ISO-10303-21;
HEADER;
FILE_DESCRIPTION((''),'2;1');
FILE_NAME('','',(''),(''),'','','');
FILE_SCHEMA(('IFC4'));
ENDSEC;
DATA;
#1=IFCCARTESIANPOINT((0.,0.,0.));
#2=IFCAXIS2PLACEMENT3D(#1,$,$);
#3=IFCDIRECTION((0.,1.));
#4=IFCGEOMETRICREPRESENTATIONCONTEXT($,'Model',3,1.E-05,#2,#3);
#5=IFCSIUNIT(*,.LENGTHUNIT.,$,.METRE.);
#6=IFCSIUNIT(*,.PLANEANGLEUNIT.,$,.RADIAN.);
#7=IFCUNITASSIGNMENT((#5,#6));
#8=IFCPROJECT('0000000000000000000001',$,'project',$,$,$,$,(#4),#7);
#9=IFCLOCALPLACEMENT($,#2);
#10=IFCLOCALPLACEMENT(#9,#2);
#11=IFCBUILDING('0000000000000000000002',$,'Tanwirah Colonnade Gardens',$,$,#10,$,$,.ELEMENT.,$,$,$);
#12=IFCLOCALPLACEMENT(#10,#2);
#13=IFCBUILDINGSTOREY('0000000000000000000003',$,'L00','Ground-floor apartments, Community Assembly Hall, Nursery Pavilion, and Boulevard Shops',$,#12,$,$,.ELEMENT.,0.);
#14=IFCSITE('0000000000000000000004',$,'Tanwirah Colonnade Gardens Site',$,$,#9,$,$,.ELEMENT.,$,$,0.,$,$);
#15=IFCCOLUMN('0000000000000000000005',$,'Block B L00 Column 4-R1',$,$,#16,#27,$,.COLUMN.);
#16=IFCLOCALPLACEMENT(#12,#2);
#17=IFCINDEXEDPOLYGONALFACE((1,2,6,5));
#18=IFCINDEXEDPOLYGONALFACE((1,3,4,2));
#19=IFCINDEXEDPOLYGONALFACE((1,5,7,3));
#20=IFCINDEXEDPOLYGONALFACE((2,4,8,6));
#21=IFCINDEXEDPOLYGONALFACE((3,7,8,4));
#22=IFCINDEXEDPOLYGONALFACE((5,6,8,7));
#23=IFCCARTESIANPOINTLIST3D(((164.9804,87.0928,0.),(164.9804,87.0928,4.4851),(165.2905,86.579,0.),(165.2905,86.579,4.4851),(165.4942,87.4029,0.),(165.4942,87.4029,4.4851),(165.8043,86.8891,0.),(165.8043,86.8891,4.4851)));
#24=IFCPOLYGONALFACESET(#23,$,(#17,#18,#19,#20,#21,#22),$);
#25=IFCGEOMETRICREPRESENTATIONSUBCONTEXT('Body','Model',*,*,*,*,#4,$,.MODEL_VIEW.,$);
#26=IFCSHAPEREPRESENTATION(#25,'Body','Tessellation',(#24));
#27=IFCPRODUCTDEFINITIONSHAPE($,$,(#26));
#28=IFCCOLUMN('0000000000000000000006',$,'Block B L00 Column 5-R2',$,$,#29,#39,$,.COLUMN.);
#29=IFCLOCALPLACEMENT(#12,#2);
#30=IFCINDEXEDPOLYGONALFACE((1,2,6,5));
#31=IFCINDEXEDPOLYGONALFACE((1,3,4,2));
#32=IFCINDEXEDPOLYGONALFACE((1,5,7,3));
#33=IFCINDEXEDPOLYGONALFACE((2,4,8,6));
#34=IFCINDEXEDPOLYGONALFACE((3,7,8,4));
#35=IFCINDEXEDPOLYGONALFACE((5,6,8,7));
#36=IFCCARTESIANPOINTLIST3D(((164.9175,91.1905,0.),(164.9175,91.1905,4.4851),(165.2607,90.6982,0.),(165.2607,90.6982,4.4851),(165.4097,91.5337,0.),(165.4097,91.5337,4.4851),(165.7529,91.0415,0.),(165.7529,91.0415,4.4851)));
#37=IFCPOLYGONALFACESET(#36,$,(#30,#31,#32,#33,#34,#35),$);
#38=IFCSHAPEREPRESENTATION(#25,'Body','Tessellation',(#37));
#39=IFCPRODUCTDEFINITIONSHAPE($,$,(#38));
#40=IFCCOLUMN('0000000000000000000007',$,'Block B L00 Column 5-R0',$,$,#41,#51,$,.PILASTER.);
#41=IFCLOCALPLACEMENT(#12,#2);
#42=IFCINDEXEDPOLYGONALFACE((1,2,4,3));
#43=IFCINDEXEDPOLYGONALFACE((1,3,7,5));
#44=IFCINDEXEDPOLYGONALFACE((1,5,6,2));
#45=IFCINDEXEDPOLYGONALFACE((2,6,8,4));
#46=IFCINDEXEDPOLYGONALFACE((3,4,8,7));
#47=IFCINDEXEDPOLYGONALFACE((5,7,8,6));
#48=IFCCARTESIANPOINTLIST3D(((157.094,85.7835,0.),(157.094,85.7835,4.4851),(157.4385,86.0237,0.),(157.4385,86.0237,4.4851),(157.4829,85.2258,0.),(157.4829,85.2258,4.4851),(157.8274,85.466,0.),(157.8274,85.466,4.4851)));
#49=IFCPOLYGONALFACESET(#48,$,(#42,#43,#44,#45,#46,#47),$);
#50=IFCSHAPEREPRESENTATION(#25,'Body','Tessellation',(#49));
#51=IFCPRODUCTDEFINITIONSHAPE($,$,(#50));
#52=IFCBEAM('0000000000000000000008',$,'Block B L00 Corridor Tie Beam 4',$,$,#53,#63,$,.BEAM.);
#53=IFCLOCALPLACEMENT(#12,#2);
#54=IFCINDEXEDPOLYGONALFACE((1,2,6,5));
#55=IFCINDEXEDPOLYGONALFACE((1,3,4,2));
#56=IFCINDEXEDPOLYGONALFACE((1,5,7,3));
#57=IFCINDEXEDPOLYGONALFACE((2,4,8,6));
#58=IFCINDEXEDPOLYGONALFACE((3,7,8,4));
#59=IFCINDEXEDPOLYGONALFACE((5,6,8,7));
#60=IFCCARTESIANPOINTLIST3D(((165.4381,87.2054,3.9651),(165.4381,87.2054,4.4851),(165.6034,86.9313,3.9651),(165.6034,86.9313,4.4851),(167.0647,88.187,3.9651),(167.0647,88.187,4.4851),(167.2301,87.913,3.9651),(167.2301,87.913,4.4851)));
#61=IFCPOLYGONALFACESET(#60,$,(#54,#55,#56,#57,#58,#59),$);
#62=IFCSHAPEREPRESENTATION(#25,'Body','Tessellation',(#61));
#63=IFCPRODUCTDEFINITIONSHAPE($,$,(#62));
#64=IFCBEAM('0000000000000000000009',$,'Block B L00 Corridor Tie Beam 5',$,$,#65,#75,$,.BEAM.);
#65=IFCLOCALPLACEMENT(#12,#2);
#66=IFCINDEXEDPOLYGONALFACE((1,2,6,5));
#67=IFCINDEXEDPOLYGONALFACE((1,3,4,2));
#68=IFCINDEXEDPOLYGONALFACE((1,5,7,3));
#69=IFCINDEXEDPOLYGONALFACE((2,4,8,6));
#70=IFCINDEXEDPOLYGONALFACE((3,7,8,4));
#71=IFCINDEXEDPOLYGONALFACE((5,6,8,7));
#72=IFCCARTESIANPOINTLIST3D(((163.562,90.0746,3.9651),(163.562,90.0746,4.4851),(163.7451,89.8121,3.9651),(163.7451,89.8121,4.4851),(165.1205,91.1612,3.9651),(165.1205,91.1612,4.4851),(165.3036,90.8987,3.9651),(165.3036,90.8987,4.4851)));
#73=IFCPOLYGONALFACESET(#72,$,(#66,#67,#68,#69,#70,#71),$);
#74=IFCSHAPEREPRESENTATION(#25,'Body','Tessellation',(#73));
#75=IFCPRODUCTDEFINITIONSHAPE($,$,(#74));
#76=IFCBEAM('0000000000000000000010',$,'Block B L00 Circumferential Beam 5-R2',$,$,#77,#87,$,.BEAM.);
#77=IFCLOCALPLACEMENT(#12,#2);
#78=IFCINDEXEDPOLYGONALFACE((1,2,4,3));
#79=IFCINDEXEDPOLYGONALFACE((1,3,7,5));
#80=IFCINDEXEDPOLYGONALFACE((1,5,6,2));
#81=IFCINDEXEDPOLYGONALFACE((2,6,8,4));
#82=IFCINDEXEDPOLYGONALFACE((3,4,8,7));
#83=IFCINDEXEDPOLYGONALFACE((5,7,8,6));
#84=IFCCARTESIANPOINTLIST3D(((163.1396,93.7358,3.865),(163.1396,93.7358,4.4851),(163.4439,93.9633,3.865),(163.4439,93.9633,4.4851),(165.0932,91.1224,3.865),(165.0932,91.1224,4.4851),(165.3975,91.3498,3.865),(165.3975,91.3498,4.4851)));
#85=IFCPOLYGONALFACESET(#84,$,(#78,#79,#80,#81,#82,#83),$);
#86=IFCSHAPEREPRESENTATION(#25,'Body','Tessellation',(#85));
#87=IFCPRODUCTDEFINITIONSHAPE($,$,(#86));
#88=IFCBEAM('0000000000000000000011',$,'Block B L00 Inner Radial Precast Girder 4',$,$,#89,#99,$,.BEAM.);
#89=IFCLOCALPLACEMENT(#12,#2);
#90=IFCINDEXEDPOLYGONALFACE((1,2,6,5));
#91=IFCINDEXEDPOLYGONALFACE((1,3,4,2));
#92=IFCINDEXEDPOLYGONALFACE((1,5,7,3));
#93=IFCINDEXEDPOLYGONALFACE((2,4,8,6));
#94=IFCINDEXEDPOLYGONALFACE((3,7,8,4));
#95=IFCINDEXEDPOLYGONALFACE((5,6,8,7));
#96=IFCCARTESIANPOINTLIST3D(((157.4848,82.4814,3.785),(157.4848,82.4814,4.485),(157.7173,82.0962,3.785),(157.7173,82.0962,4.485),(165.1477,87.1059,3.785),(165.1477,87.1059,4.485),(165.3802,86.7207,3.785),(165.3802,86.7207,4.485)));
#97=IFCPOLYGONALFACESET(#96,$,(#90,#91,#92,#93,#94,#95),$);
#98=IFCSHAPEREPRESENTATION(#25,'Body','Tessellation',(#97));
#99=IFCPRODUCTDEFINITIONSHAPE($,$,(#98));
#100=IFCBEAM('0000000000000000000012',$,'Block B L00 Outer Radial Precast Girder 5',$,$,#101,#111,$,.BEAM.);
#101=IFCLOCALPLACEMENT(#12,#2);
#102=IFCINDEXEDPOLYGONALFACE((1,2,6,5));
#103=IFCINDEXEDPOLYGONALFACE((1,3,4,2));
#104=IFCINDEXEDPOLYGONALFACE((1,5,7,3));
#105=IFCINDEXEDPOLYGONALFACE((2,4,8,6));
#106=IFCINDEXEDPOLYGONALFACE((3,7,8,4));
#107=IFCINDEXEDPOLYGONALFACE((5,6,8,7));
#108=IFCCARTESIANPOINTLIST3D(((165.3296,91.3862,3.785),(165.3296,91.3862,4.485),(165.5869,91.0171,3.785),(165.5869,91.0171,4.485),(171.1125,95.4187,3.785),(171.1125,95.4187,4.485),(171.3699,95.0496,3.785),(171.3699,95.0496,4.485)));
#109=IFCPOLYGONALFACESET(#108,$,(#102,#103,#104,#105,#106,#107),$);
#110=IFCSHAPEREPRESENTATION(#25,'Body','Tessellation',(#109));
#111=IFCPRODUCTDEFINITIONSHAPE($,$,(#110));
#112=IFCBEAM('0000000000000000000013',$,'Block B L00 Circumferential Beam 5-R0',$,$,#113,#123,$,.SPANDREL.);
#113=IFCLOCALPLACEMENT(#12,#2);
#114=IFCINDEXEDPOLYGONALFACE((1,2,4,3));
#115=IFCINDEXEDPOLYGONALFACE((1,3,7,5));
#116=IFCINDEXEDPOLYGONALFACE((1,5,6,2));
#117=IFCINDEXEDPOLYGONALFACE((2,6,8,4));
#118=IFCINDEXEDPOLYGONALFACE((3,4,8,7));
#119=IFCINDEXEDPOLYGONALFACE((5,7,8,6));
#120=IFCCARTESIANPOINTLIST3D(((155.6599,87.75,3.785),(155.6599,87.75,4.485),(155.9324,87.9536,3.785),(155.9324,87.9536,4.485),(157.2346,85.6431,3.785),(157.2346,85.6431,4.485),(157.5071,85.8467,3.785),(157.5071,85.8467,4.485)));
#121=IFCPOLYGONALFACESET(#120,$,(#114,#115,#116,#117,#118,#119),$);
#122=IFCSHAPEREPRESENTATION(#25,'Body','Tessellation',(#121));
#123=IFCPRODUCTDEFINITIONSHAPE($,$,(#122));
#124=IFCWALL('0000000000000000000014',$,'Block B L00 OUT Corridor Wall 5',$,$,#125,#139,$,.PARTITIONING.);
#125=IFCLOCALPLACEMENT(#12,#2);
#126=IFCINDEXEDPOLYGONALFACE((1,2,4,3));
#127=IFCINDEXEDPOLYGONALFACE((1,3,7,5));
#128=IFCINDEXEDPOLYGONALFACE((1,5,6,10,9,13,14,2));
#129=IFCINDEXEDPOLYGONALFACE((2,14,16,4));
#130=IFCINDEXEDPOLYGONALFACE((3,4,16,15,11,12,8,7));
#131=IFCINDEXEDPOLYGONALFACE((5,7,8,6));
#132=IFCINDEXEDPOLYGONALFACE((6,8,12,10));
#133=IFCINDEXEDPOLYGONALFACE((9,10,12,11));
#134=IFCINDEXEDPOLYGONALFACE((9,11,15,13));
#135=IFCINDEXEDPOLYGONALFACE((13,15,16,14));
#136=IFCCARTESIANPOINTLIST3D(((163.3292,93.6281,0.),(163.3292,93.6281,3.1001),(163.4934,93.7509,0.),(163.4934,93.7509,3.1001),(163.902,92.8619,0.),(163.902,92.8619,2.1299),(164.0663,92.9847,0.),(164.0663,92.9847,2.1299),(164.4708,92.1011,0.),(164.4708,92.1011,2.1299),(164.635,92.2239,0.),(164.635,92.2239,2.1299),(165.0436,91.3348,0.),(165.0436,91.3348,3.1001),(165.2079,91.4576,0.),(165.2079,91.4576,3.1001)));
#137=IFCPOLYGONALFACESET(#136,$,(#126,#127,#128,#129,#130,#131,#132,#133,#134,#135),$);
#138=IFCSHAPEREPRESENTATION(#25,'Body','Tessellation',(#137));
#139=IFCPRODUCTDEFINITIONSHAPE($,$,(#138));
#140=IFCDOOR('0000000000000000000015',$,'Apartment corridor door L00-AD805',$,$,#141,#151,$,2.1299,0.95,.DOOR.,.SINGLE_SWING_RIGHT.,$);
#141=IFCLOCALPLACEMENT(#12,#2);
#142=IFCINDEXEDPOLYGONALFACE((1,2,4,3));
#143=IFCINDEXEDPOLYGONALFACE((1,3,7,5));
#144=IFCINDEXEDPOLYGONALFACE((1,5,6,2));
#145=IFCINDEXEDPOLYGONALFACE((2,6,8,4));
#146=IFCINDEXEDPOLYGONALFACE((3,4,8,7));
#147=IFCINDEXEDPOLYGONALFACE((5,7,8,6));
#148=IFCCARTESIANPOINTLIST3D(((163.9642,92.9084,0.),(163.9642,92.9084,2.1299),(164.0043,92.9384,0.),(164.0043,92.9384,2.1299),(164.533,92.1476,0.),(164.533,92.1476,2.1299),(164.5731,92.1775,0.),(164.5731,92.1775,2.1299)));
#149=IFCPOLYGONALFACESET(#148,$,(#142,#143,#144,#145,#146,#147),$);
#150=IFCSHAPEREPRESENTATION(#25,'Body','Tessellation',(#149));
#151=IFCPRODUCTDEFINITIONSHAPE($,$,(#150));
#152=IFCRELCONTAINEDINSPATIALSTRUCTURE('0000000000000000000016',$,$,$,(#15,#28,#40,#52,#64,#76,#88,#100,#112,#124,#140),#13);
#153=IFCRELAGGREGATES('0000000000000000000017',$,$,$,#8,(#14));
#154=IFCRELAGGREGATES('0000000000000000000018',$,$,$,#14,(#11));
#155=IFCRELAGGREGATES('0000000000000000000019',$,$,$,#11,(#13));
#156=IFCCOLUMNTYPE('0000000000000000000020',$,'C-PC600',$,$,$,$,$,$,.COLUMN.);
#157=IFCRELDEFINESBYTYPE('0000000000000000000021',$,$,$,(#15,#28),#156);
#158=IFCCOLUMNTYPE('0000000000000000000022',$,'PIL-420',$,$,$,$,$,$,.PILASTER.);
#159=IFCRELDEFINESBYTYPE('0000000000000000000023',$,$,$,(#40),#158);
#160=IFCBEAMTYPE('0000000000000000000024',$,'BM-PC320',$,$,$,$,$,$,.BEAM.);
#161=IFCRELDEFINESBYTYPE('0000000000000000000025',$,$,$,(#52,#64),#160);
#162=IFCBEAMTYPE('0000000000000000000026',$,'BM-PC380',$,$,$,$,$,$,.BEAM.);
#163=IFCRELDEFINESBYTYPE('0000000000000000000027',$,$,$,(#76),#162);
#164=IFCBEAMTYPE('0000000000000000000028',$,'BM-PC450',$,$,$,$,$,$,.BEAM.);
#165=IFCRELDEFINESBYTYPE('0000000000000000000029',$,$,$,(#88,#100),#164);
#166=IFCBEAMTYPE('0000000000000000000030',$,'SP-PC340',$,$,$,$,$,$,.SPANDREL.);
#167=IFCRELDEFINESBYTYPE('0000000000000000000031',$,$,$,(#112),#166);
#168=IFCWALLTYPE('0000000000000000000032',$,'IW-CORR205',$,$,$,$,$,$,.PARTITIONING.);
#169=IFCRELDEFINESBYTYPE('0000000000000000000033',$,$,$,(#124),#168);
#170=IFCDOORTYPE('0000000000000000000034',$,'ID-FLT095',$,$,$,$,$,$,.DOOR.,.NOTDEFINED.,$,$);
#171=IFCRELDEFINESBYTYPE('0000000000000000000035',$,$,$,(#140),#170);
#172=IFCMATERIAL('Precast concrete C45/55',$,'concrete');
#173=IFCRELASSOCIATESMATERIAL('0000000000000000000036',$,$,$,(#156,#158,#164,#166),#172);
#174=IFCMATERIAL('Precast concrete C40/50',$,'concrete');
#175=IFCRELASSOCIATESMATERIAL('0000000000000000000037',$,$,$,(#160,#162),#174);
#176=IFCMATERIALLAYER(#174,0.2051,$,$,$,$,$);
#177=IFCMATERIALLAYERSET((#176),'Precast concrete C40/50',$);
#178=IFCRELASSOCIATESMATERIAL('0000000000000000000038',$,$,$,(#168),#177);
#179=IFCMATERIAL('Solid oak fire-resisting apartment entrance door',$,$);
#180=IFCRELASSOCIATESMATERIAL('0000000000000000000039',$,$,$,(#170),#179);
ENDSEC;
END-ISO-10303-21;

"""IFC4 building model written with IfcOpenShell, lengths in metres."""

from ifc_helpers import new_model, si_unit, direction, frame, frame_2d, origin, origin_2d, place, context, subcontext, project, spatial, rectangle, extrude, material, layer, layer_set, material_profile, profile_set, type_object, element, fill, save


model = new_model("IFC4")

# Units and contexts
model_context = context("Model", 3, precision=1e-05, world=origin(), true_north=direction((0.0, 1.0)))
body_context = subcontext(model_context, "Body", "Model", "MODEL_VIEW")
ifc_project = project(units=[si_unit("LENGTHUNIT", "METRE"), si_unit("PLANEANGLEUNIT", "RADIAN")], contexts=[model_context])

# Site, building, storey
site_placement = place(None, origin())
site = spatial("IfcSite", under=ifc_project, at=site_placement, Name="Tanwirah Colonnade Gardens Site", CompositionType="ELEMENT", RefElevation=0.0)
building_placement = place(site_placement, origin())
building = spatial("IfcBuilding", under=site, at=building_placement, Name="Tanwirah Colonnade Gardens", CompositionType="ELEMENT")
storey_placement = place(building_placement, origin())
storey = spatial("IfcBuildingStorey", under=building, at=storey_placement, Name="L00", Description="Ground-floor apartments, Community Assembly Hall, Nursery Pavilion, and Boulevard Shops", CompositionType="ELEMENT", Elevation=0.0)

# Columns
ifc_material_1 = material(Name="Precast concrete C45/55", Category="concrete")
ifc_material_profile_1 = material_profile(ifc_material_1, rectangle(XDim=0.6001, YDim=0.6001, at=origin_2d()), Name="PC-COL 600x600")
ifc_profile_set_1 = profile_set([ifc_material_profile_1], Name="Precast concrete C45/55")
column_type_1 = type_object("IfcColumnType", Name="C-PC600", PredefinedType="COLUMN", material=ifc_profile_set_1)
for number, where, z_axis, x_axis, name in (
    (1, (165.3923, 86.991, 0.0), (0.0, 0.0, 1.0), (0.856167, 0.516699, 0.0), "Block B L00 Column 4-R1"),
    (2, (165.3352, 91.116, 0.0), (0.0, 0.0, 1.0), (0.820263, 0.571987, 0.0), "Block B L00 Column 5-R2"),
):
    element("IfcColumn", number, at=place(storey_placement, frame(where, z_axis=z_axis, x_axis=x_axis)), inside=storey, type_object=column_type_1, Name=name, PredefinedType="COLUMN", context=body_context, shape_type="SweptSolid", body=[
        extrude(rectangle(XDim=0.6001, YDim=0.6001, at=origin_2d()), origin(), (0.0, 0.0, 1.0), 4.4851),
    ])
ifc_material_profile_2 = material_profile(ifc_material_1, rectangle(XDim=0.4199, YDim=0.6799, at=origin_2d()), Name="PC-PIL 420x680")
ifc_profile_set_2 = profile_set([ifc_material_profile_2], Name="Precast concrete C45/55")
column_type_2 = type_object("IfcColumnType", Name="PIL-420", PredefinedType="PILASTER", material=ifc_profile_set_2)
column_placement = place(storey_placement, frame((157.4607, 85.6248, 0.0), z_axis=(0.0, 0.0, 1.0), x_axis=(0.820263, 0.571987, 0.0)))
element("IfcColumn", 3, at=column_placement, inside=storey, type_object=column_type_2, Name="Block B L00 Column 5-R0", PredefinedType="PILASTER", context=body_context, shape_type="SweptSolid", body=[
    extrude(rectangle(XDim=0.4199, YDim=0.6799, at=origin_2d()), origin(), (0.0, 0.0, 1.0), 4.4851),
])

# Beams
ifc_material_2 = material(Name="Precast concrete C40/50", Category="concrete")
ifc_material_profile_3 = material_profile(ifc_material_2, rectangle(XDim=0.3201, YDim=0.52, at=origin_2d()), Name="PC-BM 320x520")
ifc_profile_set_3 = profile_set([ifc_material_profile_3], Name="Precast concrete C40/50")
beam_type_1 = type_object("IfcBeamType", Name="BM-PC320", PredefinedType="BEAM", material=ifc_profile_set_3)
for number, where, z_axis, x_axis, name in (
    (4, (165.5208, 87.0684, 4.2251), (0.856175, 0.516686, 0.0), (-0.516686, 0.856175, 0.0), "Block B L00 Corridor Tie Beam 4"),
    (5, (163.6536, 89.9434, 4.2251), (0.820305, 0.571926, 0.0), (-0.571926, 0.820305, 0.0), "Block B L00 Corridor Tie Beam 5"),
):
    element("IfcBeam", number, at=place(storey_placement, frame(where, z_axis=z_axis, x_axis=x_axis)), inside=storey, type_object=beam_type_1, Name=name, PredefinedType="BEAM", context=body_context, shape_type="SweptSolid", body=[
        extrude(rectangle(XDim=0.3201, YDim=0.52, at=origin_2d()), origin(), (0.0, 0.0, 1.0), 1.8999),
    ])
ifc_material_profile_4 = material_profile(ifc_material_2, rectangle(XDim=0.3799, YDim=0.6201, at=origin_2d()), Name="PC-BM 380x620")
ifc_profile_set_4 = profile_set([ifc_material_profile_4], Name="Precast concrete C40/50")
beam_type_2 = type_object("IfcBeamType", Name="BM-PC380", PredefinedType="BEAM", material=ifc_profile_set_4)
beam_1_placement = place(storey_placement, frame((165.2454, 91.2361, 4.175), z_axis=(-0.598718, 0.80096, 0.0), x_axis=(-0.80096, -0.598718, 0.0)))
element("IfcBeam", 6, at=beam_1_placement, inside=storey, type_object=beam_type_2, Name="Block B L00 Circumferential Beam 5-R2", PredefinedType="BEAM", context=body_context, shape_type="SweptSolid", body=[
    extrude(rectangle(XDim=0.3799, YDim=0.6201, at=origin_2d()), origin(), (0.0, 0.0, 1.0), 3.2629),
])
ifc_material_profile_5 = material_profile(ifc_material_1, rectangle(XDim=0.45, YDim=0.7, at=origin_2d()), Name="PC-BM 450x700")
ifc_profile_set_5 = profile_set([ifc_material_profile_5], Name="Precast concrete C45/55")
beam_type_3 = type_object("IfcBeamType", Name="BM-PC450", PredefinedType="BEAM", material=ifc_profile_set_5)
beam_2_placement = place(storey_placement, frame((165.2639, 86.9133, 4.135), z_axis=(-0.856169, -0.516696, 0.0), x_axis=(0.516696, -0.856169, 0.0)))
element("IfcBeam", 7, at=beam_2_placement, inside=storey, type_object=beam_type_3, Name="Block B L00 Inner Radial Precast Girder 4", PredefinedType="BEAM", context=body_context, shape_type="SweptSolid", body=[
    extrude(rectangle(XDim=0.45, YDim=0.7, at=origin_2d()), origin(), (0.0, 0.0, 1.0), 8.9502),
])
beam_3_placement = place(storey_placement, frame((165.4583, 91.2017, 4.135), z_axis=(0.82027, 0.571976, 0.0), x_axis=(-0.571976, 0.82027, 0.0)))
element("IfcBeam", 8, at=beam_3_placement, inside=storey, type_object=beam_type_3, Name="Block B L00 Outer Radial Precast Girder 5", PredefinedType="BEAM", context=body_context, shape_type="SweptSolid", body=[
    extrude(rectangle(XDim=0.45, YDim=0.7, at=origin_2d()), origin(), (0.0, 0.0, 1.0), 7.05),
])
ifc_material_profile_6 = material_profile(ifc_material_1, rectangle(XDim=0.3401, YDim=0.7, at=origin_2d()), Name="PC-SP 340x700")
ifc_profile_set_6 = profile_set([ifc_material_profile_6], Name="Precast concrete C45/55")
beam_type_4 = type_object("IfcBeamType", Name="SP-PC340", PredefinedType="SPANDREL", material=ifc_profile_set_6)
beam_4_placement = place(storey_placement, frame((157.3708, 85.7449, 4.135), z_axis=(-0.598663, 0.801001, 0.0), x_axis=(-0.801001, -0.598663, 0.0)))
element("IfcBeam", 9, at=beam_4_placement, inside=storey, type_object=beam_type_4, Name="Block B L00 Circumferential Beam 5-R0", PredefinedType="SPANDREL", context=body_context, shape_type="SweptSolid", body=[
    extrude(rectangle(XDim=0.3401, YDim=0.7, at=origin_2d()), origin(), (0.0, 0.0, 1.0), 2.6304),
])

# Wall, opening, door
ifc_layer_1 = layer(ifc_material_2, 0.2051)
ifc_layer_set_1 = layer_set([ifc_layer_1], Name="Precast concrete C40/50")
wall_type_1 = type_object("IfcWallType", Name="IW-CORR205", PredefinedType="PARTITIONING", material=ifc_layer_set_1)
wall_1_placement = place(storey_placement, frame((165.1257, 91.3962, 0.0), z_axis=(0.0, 0.0, 1.0), x_axis=(-0.598758, 0.80093, 0.0)))
wall_1 = element("IfcWall", 10, at=wall_1_placement, inside=storey, type_object=wall_type_1, Name="Block B L00 OUT Corridor Wall 5", PredefinedType="PARTITIONING", context=body_context, shape_type="SweptSolid", body=[
    extrude(rectangle(XDim=2.8633, YDim=0.2051, at=frame_2d((1.4316, 0.0))), origin(), (0.0, 0.0, 1.0), 3.1001),
])
opening_1_placement = place(wall_1_placement, frame((0.9565, 0.0, 0.0)))
opening_1 = element("IfcOpeningElement", 11, at=opening_1_placement, cuts=wall_1, PredefinedType="OPENING", context=body_context, shape_type="SweptSolid", body=[
    extrude(rectangle(XDim=0.95, YDim=2.1299, at=frame_2d((0.4751, 1.0649))), frame((0.0, 0.1125, 0.0), z_axis=(0.0, -1.0, 0.0), x_axis=(1.0, 0.0, 0.0)), (0.0, 0.0, 1.0), 0.2251),
])
ifc_material_3 = material(Name="Solid oak fire-resisting apartment entrance door")
door_type_1 = type_object("IfcDoorType", Name="ID-FLT095", OperationType="NOTDEFINED", PredefinedType="DOOR", material=ifc_material_3)
door_1_placement = place(opening_1_placement, origin())
door_1 = element("IfcDoor", 12, at=door_1_placement, inside=storey, type_object=door_type_1, Name="Apartment corridor door L00-AD805", OperationType="SINGLE_SWING_RIGHT", OverallHeight=2.1299, OverallWidth=0.95, PredefinedType="DOOR", context=body_context, shape_type="SweptSolid", body=[
    extrude(rectangle(XDim=0.95, YDim=2.1299, at=frame_2d((0.4751, 1.0649))), frame((0.0, 0.0249, 0.0), z_axis=(0.0, -1.0, 0.0), x_axis=(1.0, 0.0, 0.0)), (0.0, 0.0, 1.0), 0.05),
])
fill(opening_1, door_1)

save(model, "model.ifc")
